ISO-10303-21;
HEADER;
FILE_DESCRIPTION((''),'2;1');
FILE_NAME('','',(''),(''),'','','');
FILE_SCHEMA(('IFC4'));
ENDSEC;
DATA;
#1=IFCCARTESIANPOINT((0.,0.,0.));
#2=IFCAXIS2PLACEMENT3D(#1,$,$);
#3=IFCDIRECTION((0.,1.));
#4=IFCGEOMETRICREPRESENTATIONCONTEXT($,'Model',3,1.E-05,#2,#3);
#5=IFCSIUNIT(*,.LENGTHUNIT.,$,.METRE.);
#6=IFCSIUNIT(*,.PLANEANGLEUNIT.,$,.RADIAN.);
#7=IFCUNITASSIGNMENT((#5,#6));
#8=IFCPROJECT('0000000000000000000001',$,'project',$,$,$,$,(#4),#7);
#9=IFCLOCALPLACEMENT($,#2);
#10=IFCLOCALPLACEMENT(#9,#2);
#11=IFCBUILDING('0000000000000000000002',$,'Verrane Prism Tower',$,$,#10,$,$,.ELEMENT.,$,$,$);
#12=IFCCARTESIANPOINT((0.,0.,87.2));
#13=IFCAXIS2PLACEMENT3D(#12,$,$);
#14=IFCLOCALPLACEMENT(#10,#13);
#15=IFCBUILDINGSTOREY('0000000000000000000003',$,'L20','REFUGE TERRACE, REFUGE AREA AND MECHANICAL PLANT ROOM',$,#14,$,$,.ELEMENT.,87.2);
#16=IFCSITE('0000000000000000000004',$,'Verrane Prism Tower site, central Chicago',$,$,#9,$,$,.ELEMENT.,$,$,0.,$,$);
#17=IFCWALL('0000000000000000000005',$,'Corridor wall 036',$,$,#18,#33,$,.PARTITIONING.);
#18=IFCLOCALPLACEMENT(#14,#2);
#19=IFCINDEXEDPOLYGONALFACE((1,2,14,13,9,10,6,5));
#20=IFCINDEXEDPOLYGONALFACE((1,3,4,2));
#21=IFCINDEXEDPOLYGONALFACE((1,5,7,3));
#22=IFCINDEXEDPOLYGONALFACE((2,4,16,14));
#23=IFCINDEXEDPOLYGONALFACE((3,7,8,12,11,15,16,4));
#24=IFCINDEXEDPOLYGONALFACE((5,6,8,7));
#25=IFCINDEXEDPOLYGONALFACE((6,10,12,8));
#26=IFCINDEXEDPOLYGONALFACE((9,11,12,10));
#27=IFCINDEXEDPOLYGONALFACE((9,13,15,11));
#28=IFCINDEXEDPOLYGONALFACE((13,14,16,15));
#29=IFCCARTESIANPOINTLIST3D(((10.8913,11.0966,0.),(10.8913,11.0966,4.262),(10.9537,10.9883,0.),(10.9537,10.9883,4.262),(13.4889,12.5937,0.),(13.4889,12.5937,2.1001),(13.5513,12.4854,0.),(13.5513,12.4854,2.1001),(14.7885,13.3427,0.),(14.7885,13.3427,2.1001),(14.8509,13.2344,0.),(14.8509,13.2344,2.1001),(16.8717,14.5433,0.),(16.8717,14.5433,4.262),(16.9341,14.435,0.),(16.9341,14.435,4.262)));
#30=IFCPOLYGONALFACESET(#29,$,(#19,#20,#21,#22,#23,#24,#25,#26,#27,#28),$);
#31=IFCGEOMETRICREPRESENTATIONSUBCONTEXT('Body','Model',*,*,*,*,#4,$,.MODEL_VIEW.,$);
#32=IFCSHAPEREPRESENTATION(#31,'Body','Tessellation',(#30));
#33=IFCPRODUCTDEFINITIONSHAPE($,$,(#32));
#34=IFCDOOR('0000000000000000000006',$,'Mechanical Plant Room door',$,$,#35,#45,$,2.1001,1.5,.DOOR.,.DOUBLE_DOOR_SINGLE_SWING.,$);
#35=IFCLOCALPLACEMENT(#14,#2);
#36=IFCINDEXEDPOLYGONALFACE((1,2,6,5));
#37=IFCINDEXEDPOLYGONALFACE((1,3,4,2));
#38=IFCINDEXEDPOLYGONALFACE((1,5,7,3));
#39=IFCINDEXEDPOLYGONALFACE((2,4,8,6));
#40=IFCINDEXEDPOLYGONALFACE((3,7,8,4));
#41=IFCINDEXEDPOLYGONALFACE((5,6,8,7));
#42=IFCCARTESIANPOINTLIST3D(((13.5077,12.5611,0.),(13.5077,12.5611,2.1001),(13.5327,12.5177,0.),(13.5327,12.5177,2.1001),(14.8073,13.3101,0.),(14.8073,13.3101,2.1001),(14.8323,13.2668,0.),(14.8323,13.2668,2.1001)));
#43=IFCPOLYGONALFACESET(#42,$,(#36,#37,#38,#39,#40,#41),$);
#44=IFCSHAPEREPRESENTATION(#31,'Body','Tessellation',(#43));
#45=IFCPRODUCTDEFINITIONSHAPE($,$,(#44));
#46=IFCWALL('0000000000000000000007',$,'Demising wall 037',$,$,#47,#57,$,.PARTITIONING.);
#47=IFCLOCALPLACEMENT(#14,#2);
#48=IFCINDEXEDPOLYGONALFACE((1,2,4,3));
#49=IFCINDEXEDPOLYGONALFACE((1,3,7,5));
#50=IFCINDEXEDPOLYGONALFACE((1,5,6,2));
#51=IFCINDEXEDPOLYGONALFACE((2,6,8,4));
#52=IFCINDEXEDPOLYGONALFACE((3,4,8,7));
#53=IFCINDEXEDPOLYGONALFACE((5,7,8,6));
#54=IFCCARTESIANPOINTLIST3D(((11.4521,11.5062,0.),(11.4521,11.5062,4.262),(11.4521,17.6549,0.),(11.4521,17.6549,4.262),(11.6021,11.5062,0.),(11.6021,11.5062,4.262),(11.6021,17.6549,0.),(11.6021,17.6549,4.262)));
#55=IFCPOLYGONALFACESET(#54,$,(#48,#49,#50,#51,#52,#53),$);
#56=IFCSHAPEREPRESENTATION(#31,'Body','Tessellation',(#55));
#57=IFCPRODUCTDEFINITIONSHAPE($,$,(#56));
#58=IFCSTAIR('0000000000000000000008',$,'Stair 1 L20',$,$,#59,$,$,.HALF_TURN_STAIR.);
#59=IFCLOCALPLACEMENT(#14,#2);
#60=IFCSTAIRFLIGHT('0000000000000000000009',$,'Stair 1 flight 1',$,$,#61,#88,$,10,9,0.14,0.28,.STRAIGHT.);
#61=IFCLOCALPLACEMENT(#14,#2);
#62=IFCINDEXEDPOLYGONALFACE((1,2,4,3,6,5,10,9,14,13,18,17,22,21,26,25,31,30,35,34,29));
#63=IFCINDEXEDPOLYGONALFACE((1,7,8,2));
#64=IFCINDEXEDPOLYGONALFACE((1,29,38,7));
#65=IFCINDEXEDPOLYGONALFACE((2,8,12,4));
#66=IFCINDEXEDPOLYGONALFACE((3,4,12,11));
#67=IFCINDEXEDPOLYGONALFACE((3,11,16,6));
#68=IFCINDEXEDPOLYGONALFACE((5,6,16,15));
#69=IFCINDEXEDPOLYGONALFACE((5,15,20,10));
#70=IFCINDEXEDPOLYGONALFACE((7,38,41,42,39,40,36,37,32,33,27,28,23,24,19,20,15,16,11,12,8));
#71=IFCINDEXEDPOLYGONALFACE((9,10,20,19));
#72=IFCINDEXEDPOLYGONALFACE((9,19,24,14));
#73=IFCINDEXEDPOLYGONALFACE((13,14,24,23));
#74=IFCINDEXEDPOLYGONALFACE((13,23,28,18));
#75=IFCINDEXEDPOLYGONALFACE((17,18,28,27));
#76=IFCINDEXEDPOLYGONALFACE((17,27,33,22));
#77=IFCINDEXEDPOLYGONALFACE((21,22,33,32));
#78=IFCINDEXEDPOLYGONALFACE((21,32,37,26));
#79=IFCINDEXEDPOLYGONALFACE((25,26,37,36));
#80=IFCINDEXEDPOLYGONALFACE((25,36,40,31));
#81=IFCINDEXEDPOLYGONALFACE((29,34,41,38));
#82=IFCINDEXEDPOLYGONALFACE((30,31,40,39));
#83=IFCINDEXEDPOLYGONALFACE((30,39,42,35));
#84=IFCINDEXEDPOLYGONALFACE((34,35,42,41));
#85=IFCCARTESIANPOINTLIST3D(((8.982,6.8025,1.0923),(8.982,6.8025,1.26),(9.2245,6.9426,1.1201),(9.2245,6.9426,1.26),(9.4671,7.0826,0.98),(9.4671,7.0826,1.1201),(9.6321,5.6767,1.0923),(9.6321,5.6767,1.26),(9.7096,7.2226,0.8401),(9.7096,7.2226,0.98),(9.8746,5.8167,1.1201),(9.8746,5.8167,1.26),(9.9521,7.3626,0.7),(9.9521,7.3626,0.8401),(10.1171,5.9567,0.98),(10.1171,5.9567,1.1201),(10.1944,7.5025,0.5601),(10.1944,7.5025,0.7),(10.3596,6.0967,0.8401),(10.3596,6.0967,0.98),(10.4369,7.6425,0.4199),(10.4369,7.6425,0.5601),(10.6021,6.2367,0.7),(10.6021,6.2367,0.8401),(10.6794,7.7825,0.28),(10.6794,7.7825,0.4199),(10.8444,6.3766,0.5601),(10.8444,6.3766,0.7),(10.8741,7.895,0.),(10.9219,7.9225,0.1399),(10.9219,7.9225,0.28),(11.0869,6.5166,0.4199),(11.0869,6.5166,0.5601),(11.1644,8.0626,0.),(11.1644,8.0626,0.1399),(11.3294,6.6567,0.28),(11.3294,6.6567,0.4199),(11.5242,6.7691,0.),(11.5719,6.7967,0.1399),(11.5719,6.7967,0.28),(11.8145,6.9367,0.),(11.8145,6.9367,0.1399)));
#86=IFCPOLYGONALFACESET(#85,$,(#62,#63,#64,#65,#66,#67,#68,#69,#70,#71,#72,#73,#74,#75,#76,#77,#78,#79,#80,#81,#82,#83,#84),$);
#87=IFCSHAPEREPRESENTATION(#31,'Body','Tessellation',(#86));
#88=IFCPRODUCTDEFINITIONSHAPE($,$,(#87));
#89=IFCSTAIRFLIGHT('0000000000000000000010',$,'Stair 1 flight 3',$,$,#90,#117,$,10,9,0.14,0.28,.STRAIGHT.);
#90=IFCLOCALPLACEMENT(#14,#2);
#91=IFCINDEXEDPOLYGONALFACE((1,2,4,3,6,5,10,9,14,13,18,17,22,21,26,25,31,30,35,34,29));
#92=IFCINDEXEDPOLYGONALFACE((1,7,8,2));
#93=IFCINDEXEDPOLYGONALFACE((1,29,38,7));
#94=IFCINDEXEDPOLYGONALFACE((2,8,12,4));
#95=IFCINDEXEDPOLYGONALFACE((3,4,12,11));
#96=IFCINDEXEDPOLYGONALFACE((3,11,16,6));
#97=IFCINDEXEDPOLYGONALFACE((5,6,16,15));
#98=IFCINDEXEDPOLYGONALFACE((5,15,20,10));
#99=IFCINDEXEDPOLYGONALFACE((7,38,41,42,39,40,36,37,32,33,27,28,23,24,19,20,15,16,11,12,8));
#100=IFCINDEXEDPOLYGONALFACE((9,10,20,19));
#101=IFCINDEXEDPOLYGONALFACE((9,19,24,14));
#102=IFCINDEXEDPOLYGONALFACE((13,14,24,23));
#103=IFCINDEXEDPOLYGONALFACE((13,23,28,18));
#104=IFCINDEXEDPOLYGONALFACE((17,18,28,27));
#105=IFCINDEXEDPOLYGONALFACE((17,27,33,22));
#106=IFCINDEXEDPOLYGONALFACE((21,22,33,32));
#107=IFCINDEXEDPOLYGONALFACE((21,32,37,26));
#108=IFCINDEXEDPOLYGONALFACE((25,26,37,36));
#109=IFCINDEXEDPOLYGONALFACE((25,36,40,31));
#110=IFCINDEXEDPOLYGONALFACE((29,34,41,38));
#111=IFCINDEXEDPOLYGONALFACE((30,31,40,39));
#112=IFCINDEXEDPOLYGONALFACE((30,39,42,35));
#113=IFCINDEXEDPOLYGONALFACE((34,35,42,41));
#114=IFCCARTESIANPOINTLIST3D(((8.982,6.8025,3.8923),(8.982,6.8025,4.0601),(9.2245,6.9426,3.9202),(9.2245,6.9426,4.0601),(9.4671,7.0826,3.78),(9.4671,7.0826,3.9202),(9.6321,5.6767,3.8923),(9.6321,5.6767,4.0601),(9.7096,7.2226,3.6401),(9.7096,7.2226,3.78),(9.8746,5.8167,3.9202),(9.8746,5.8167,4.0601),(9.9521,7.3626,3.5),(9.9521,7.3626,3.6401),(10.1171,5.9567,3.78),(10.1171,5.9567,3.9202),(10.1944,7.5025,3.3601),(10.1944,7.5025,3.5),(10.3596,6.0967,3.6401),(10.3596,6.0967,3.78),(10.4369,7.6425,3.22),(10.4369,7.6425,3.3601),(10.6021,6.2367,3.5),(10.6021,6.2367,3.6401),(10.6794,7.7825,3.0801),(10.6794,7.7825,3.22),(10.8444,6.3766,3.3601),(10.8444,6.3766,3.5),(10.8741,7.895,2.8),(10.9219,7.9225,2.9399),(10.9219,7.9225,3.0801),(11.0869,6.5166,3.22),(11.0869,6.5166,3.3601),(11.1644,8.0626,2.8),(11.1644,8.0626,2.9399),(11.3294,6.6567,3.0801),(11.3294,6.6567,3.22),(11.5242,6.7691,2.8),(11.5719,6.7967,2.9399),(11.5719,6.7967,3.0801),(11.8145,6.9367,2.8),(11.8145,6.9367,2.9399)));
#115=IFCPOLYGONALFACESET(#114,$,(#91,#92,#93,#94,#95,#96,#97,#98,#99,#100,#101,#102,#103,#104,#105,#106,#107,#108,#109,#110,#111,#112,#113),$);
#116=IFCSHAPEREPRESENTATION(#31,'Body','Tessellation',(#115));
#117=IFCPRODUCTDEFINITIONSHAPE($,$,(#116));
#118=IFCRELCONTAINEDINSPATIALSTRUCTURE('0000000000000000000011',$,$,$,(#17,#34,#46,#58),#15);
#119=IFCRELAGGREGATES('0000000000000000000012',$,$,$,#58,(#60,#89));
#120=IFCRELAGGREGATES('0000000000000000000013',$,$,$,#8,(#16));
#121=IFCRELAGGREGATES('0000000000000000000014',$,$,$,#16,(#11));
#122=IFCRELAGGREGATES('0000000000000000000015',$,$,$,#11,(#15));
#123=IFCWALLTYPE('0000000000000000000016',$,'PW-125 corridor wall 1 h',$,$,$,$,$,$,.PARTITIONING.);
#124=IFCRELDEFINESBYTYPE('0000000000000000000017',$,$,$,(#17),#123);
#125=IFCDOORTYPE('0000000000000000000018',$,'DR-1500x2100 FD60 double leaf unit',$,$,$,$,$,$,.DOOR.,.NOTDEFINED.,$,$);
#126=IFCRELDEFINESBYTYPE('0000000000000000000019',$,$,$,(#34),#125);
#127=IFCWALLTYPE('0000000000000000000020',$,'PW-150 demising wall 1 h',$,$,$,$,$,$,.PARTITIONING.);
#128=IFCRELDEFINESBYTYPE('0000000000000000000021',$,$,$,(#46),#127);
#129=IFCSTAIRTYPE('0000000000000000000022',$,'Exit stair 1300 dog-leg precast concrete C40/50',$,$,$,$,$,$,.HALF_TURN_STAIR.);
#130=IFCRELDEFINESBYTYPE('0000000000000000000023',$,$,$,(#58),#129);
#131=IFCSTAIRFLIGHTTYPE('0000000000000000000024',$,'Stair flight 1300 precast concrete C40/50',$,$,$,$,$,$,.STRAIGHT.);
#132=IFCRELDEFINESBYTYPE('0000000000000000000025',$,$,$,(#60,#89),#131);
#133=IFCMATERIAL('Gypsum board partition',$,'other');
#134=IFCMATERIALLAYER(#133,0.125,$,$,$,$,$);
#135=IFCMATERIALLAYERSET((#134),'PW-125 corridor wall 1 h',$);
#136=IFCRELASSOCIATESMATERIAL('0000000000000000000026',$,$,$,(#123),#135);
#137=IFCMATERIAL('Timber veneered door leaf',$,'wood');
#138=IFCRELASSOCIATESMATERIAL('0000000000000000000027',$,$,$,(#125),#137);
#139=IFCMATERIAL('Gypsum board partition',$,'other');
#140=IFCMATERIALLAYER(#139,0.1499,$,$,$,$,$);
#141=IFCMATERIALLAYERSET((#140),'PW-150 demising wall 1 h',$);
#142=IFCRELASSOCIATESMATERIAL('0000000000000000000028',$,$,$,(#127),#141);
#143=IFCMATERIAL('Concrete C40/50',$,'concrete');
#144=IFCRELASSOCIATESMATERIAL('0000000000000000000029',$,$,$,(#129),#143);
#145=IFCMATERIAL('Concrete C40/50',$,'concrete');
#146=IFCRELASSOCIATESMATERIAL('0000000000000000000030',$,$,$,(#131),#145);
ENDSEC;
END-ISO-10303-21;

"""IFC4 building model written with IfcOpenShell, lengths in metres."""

from ifc_helpers import new_model, si_unit, direction, frame, frame_2d, origin, place, context, subcontext, project, spatial, polyline, rectangle, outline, extrude, material, layer, layer_set, type_object, element, fill, aggregate, save


model = new_model("IFC4")

# Units and contexts
model_context = context("Model", 3, precision=1e-05, world=origin(), true_north=direction((0.0, 1.0)))
body_context = subcontext(model_context, "Body", "Model", "MODEL_VIEW")
ifc_project = project(units=[si_unit("LENGTHUNIT", "METRE"), si_unit("PLANEANGLEUNIT", "RADIAN")], contexts=[model_context])

# Site, building, storey
site_placement = place(None, origin())
site = spatial("IfcSite", under=ifc_project, at=site_placement, Name="Verrane Prism Tower site, central Chicago", CompositionType="ELEMENT", RefElevation=0.0)
building_placement = place(site_placement, origin())
building = spatial("IfcBuilding", under=site, at=building_placement, Name="Verrane Prism Tower", CompositionType="ELEMENT")
storey_placement = place(building_placement, frame((0.0, 0.0, 87.2)))
storey = spatial("IfcBuildingStorey", under=building, at=storey_placement, Name="L20", Description="REFUGE TERRACE, REFUGE AREA AND MECHANICAL PLANT ROOM", CompositionType="ELEMENT", Elevation=87.2)

# Wall, opening, door
ifc_material_1 = material(Name="Gypsum board partition", Category="other")
ifc_layer_1 = layer(ifc_material_1, 0.125)
ifc_layer_set_1 = layer_set([ifc_layer_1], Name="PW-125 corridor wall 1 h")
wall_type_1 = type_object("IfcWallType", Name="PW-125 corridor wall 1 h", PredefinedType="PARTITIONING", material=ifc_layer_set_1)
ifc_material_2 = material(Name="Timber veneered door leaf", Category="wood")
door_type_1 = type_object("IfcDoorType", Name="DR-1500x2100 FD60 double leaf unit", OperationType="NOTDEFINED", PredefinedType="DOOR", material=ifc_material_2)
wall_1_placement = place(storey_placement, frame((10.9226, 11.0425, 0.0), z_axis=(0.0, 0.0, 1.0), x_axis=(0.866405, 0.499343, 0.0)))
wall_1 = element("IfcWall", 1, at=wall_1_placement, inside=storey, type_object=wall_type_1, Name="Corridor wall 036", PredefinedType="PARTITIONING", context=body_context, shape_type="SweptSolid", body=[
    extrude(rectangle(XDim=6.9026, YDim=0.125, at=frame_2d((3.4512, 0.0))), origin(), (0.0, 0.0, 1.0), 4.262),
])
opening_1_placement = place(wall_1_placement, frame((2.998, 0.0, 0.0)))
opening_1 = element("IfcOpeningElement", 2, at=opening_1_placement, cuts=wall_1, PredefinedType="OPENING", context=body_context, shape_type="SweptSolid", body=[
    extrude(rectangle(XDim=1.5, YDim=2.1001, at=frame_2d((0.75, 1.05))), frame((0.0, 0.0725, 0.0), z_axis=(0.0, -1.0, 0.0), x_axis=(1.0, 0.0, 0.0)), (0.0, 0.0, 1.0), 0.145),
])
door_1_placement = place(opening_1_placement, origin())
door_1 = element("IfcDoor", 3, at=door_1_placement, inside=storey, type_object=door_type_1, Name="Mechanical Plant Room door", OperationType="DOUBLE_DOOR_SINGLE_SWING", OverallHeight=2.1001, OverallWidth=1.5, PredefinedType="DOOR", context=body_context, shape_type="SweptSolid", body=[
    extrude(rectangle(XDim=1.5, YDim=2.1001, at=frame_2d((0.75, 1.05))), frame((0.0, 0.0249, 0.0), z_axis=(0.0, -1.0, 0.0), x_axis=(1.0, 0.0, 0.0)), (0.0, 0.0, 1.0), 0.05),
])
fill(opening_1, door_1)

# Wall
ifc_material_3 = material(Name="Gypsum board partition", Category="other")
ifc_layer_2 = layer(ifc_material_3, 0.1499)
ifc_layer_set_2 = layer_set([ifc_layer_2], Name="PW-150 demising wall 1 h")
wall_type_2 = type_object("IfcWallType", Name="PW-150 demising wall 1 h", PredefinedType="PARTITIONING", material=ifc_layer_set_2)
wall_2_placement = place(storey_placement, frame((11.5271, 11.5063, 0.0), z_axis=(0.0, 0.0, 1.0), x_axis=(0.0, 1.0, 0.0)))
element("IfcWall", 4, at=wall_2_placement, inside=storey, type_object=wall_type_2, Name="Demising wall 037", PredefinedType="PARTITIONING", context=body_context, shape_type="SweptSolid", body=[
    extrude(rectangle(XDim=6.1487, YDim=0.1499, at=frame_2d((3.0742, 0.0))), origin(), (0.0, 0.0, 1.0), 4.262),
])

# Stair, stair flights
ifc_material_4 = material(Name="Concrete C40/50", Category="concrete")
stair_type = type_object("IfcStairType", Name="Exit stair 1300 dog-leg precast concrete C40/50", PredefinedType="HALF_TURN_STAIR", material=ifc_material_4)
stair_placement = place(storey_placement, origin())
stair = element("IfcStair", 5, at=stair_placement, inside=storey, type_object=stair_type, Name="Stair 1 L20", PredefinedType="HALF_TURN_STAIR")
ifc_material_5 = material(Name="Concrete C40/50", Category="concrete")
stair_flight_type = type_object("IfcStairFlightType", Name="Stair flight 1300 precast concrete C40/50", PredefinedType="STRAIGHT", material=ifc_material_5)
stair_flight_1_placement = place(storey_placement, frame((11.4895, 7.4995, 0.0), z_axis=(0.0, 0.0, 1.0), x_axis=(-0.866025, -0.5, 0.0)))
stair_flight_1 = element("IfcStairFlight", 6, at=stair_flight_1_placement, type_object=stair_flight_type, Name="Stair 1 flight 1", NumberOfRisers=10, NumberOfTreads=9, PredefinedType="STRAIGHT", RiserHeight=0.14, TreadLength=0.28, context=body_context, shape_type="SweptSolid", body=[
    extrude(outline(polyline([(0.0, 0.0), (0.0, 0.1399), (0.28, 0.1399), (0.28, 0.28), (0.5601, 0.28), (0.5601, 0.4199), (0.8401, 0.4199), (0.8401, 0.5601), (1.1201, 0.5601), (1.1201, 0.7), (1.3999, 0.7), (1.3999, 0.8401), (1.6799, 0.8401), (1.6799, 0.98), (1.96, 0.98), (1.96, 1.1201), (2.24, 1.1201), (2.24, 1.26), (2.52, 1.26), (2.52, 1.3999), (2.52, 1.0923), (0.3352, 0.0), (0.0, 0.0)])), frame((0.0, 0.6499, 0.0), z_axis=(0.0, -1.0, 0.0), x_axis=(1.0, 0.0, 0.0)), (0.0, 0.0, 1.0), 1.3),
])
stair_flight_2_placement = place(storey_placement, frame((11.4895, 7.4995, 2.8), z_axis=(0.0, 0.0, 1.0), x_axis=(-0.866025, -0.5, 0.0)))
stair_flight_2 = element("IfcStairFlight", 7, at=stair_flight_2_placement, type_object=stair_flight_type, Name="Stair 1 flight 3", NumberOfRisers=10, NumberOfTreads=9, PredefinedType="STRAIGHT", RiserHeight=0.14, TreadLength=0.28, context=body_context, shape_type="SweptSolid", body=[
    extrude(outline(polyline([(0.0, 0.0), (0.0, 0.1399), (0.28, 0.1399), (0.28, 0.28), (0.5601, 0.28), (0.5601, 0.4199), (0.8401, 0.4199), (0.8401, 0.5601), (1.1201, 0.5601), (1.1201, 0.7), (1.3999, 0.7), (1.3999, 0.8401), (1.6799, 0.8401), (1.6799, 0.98), (1.96, 0.98), (1.96, 1.1201), (2.24, 1.1201), (2.24, 1.26), (2.52, 1.26), (2.52, 1.3999), (2.52, 1.0923), (0.3352, 0.0), (0.0, 0.0)])), frame((0.0, 0.6499, 0.0), z_axis=(0.0, -1.0, 0.0), x_axis=(1.0, 0.0, 0.0)), (0.0, 0.0, 1.0), 1.3),
])
aggregate(stair, [stair_flight_1, stair_flight_2])

save(model, "model.ifc")
